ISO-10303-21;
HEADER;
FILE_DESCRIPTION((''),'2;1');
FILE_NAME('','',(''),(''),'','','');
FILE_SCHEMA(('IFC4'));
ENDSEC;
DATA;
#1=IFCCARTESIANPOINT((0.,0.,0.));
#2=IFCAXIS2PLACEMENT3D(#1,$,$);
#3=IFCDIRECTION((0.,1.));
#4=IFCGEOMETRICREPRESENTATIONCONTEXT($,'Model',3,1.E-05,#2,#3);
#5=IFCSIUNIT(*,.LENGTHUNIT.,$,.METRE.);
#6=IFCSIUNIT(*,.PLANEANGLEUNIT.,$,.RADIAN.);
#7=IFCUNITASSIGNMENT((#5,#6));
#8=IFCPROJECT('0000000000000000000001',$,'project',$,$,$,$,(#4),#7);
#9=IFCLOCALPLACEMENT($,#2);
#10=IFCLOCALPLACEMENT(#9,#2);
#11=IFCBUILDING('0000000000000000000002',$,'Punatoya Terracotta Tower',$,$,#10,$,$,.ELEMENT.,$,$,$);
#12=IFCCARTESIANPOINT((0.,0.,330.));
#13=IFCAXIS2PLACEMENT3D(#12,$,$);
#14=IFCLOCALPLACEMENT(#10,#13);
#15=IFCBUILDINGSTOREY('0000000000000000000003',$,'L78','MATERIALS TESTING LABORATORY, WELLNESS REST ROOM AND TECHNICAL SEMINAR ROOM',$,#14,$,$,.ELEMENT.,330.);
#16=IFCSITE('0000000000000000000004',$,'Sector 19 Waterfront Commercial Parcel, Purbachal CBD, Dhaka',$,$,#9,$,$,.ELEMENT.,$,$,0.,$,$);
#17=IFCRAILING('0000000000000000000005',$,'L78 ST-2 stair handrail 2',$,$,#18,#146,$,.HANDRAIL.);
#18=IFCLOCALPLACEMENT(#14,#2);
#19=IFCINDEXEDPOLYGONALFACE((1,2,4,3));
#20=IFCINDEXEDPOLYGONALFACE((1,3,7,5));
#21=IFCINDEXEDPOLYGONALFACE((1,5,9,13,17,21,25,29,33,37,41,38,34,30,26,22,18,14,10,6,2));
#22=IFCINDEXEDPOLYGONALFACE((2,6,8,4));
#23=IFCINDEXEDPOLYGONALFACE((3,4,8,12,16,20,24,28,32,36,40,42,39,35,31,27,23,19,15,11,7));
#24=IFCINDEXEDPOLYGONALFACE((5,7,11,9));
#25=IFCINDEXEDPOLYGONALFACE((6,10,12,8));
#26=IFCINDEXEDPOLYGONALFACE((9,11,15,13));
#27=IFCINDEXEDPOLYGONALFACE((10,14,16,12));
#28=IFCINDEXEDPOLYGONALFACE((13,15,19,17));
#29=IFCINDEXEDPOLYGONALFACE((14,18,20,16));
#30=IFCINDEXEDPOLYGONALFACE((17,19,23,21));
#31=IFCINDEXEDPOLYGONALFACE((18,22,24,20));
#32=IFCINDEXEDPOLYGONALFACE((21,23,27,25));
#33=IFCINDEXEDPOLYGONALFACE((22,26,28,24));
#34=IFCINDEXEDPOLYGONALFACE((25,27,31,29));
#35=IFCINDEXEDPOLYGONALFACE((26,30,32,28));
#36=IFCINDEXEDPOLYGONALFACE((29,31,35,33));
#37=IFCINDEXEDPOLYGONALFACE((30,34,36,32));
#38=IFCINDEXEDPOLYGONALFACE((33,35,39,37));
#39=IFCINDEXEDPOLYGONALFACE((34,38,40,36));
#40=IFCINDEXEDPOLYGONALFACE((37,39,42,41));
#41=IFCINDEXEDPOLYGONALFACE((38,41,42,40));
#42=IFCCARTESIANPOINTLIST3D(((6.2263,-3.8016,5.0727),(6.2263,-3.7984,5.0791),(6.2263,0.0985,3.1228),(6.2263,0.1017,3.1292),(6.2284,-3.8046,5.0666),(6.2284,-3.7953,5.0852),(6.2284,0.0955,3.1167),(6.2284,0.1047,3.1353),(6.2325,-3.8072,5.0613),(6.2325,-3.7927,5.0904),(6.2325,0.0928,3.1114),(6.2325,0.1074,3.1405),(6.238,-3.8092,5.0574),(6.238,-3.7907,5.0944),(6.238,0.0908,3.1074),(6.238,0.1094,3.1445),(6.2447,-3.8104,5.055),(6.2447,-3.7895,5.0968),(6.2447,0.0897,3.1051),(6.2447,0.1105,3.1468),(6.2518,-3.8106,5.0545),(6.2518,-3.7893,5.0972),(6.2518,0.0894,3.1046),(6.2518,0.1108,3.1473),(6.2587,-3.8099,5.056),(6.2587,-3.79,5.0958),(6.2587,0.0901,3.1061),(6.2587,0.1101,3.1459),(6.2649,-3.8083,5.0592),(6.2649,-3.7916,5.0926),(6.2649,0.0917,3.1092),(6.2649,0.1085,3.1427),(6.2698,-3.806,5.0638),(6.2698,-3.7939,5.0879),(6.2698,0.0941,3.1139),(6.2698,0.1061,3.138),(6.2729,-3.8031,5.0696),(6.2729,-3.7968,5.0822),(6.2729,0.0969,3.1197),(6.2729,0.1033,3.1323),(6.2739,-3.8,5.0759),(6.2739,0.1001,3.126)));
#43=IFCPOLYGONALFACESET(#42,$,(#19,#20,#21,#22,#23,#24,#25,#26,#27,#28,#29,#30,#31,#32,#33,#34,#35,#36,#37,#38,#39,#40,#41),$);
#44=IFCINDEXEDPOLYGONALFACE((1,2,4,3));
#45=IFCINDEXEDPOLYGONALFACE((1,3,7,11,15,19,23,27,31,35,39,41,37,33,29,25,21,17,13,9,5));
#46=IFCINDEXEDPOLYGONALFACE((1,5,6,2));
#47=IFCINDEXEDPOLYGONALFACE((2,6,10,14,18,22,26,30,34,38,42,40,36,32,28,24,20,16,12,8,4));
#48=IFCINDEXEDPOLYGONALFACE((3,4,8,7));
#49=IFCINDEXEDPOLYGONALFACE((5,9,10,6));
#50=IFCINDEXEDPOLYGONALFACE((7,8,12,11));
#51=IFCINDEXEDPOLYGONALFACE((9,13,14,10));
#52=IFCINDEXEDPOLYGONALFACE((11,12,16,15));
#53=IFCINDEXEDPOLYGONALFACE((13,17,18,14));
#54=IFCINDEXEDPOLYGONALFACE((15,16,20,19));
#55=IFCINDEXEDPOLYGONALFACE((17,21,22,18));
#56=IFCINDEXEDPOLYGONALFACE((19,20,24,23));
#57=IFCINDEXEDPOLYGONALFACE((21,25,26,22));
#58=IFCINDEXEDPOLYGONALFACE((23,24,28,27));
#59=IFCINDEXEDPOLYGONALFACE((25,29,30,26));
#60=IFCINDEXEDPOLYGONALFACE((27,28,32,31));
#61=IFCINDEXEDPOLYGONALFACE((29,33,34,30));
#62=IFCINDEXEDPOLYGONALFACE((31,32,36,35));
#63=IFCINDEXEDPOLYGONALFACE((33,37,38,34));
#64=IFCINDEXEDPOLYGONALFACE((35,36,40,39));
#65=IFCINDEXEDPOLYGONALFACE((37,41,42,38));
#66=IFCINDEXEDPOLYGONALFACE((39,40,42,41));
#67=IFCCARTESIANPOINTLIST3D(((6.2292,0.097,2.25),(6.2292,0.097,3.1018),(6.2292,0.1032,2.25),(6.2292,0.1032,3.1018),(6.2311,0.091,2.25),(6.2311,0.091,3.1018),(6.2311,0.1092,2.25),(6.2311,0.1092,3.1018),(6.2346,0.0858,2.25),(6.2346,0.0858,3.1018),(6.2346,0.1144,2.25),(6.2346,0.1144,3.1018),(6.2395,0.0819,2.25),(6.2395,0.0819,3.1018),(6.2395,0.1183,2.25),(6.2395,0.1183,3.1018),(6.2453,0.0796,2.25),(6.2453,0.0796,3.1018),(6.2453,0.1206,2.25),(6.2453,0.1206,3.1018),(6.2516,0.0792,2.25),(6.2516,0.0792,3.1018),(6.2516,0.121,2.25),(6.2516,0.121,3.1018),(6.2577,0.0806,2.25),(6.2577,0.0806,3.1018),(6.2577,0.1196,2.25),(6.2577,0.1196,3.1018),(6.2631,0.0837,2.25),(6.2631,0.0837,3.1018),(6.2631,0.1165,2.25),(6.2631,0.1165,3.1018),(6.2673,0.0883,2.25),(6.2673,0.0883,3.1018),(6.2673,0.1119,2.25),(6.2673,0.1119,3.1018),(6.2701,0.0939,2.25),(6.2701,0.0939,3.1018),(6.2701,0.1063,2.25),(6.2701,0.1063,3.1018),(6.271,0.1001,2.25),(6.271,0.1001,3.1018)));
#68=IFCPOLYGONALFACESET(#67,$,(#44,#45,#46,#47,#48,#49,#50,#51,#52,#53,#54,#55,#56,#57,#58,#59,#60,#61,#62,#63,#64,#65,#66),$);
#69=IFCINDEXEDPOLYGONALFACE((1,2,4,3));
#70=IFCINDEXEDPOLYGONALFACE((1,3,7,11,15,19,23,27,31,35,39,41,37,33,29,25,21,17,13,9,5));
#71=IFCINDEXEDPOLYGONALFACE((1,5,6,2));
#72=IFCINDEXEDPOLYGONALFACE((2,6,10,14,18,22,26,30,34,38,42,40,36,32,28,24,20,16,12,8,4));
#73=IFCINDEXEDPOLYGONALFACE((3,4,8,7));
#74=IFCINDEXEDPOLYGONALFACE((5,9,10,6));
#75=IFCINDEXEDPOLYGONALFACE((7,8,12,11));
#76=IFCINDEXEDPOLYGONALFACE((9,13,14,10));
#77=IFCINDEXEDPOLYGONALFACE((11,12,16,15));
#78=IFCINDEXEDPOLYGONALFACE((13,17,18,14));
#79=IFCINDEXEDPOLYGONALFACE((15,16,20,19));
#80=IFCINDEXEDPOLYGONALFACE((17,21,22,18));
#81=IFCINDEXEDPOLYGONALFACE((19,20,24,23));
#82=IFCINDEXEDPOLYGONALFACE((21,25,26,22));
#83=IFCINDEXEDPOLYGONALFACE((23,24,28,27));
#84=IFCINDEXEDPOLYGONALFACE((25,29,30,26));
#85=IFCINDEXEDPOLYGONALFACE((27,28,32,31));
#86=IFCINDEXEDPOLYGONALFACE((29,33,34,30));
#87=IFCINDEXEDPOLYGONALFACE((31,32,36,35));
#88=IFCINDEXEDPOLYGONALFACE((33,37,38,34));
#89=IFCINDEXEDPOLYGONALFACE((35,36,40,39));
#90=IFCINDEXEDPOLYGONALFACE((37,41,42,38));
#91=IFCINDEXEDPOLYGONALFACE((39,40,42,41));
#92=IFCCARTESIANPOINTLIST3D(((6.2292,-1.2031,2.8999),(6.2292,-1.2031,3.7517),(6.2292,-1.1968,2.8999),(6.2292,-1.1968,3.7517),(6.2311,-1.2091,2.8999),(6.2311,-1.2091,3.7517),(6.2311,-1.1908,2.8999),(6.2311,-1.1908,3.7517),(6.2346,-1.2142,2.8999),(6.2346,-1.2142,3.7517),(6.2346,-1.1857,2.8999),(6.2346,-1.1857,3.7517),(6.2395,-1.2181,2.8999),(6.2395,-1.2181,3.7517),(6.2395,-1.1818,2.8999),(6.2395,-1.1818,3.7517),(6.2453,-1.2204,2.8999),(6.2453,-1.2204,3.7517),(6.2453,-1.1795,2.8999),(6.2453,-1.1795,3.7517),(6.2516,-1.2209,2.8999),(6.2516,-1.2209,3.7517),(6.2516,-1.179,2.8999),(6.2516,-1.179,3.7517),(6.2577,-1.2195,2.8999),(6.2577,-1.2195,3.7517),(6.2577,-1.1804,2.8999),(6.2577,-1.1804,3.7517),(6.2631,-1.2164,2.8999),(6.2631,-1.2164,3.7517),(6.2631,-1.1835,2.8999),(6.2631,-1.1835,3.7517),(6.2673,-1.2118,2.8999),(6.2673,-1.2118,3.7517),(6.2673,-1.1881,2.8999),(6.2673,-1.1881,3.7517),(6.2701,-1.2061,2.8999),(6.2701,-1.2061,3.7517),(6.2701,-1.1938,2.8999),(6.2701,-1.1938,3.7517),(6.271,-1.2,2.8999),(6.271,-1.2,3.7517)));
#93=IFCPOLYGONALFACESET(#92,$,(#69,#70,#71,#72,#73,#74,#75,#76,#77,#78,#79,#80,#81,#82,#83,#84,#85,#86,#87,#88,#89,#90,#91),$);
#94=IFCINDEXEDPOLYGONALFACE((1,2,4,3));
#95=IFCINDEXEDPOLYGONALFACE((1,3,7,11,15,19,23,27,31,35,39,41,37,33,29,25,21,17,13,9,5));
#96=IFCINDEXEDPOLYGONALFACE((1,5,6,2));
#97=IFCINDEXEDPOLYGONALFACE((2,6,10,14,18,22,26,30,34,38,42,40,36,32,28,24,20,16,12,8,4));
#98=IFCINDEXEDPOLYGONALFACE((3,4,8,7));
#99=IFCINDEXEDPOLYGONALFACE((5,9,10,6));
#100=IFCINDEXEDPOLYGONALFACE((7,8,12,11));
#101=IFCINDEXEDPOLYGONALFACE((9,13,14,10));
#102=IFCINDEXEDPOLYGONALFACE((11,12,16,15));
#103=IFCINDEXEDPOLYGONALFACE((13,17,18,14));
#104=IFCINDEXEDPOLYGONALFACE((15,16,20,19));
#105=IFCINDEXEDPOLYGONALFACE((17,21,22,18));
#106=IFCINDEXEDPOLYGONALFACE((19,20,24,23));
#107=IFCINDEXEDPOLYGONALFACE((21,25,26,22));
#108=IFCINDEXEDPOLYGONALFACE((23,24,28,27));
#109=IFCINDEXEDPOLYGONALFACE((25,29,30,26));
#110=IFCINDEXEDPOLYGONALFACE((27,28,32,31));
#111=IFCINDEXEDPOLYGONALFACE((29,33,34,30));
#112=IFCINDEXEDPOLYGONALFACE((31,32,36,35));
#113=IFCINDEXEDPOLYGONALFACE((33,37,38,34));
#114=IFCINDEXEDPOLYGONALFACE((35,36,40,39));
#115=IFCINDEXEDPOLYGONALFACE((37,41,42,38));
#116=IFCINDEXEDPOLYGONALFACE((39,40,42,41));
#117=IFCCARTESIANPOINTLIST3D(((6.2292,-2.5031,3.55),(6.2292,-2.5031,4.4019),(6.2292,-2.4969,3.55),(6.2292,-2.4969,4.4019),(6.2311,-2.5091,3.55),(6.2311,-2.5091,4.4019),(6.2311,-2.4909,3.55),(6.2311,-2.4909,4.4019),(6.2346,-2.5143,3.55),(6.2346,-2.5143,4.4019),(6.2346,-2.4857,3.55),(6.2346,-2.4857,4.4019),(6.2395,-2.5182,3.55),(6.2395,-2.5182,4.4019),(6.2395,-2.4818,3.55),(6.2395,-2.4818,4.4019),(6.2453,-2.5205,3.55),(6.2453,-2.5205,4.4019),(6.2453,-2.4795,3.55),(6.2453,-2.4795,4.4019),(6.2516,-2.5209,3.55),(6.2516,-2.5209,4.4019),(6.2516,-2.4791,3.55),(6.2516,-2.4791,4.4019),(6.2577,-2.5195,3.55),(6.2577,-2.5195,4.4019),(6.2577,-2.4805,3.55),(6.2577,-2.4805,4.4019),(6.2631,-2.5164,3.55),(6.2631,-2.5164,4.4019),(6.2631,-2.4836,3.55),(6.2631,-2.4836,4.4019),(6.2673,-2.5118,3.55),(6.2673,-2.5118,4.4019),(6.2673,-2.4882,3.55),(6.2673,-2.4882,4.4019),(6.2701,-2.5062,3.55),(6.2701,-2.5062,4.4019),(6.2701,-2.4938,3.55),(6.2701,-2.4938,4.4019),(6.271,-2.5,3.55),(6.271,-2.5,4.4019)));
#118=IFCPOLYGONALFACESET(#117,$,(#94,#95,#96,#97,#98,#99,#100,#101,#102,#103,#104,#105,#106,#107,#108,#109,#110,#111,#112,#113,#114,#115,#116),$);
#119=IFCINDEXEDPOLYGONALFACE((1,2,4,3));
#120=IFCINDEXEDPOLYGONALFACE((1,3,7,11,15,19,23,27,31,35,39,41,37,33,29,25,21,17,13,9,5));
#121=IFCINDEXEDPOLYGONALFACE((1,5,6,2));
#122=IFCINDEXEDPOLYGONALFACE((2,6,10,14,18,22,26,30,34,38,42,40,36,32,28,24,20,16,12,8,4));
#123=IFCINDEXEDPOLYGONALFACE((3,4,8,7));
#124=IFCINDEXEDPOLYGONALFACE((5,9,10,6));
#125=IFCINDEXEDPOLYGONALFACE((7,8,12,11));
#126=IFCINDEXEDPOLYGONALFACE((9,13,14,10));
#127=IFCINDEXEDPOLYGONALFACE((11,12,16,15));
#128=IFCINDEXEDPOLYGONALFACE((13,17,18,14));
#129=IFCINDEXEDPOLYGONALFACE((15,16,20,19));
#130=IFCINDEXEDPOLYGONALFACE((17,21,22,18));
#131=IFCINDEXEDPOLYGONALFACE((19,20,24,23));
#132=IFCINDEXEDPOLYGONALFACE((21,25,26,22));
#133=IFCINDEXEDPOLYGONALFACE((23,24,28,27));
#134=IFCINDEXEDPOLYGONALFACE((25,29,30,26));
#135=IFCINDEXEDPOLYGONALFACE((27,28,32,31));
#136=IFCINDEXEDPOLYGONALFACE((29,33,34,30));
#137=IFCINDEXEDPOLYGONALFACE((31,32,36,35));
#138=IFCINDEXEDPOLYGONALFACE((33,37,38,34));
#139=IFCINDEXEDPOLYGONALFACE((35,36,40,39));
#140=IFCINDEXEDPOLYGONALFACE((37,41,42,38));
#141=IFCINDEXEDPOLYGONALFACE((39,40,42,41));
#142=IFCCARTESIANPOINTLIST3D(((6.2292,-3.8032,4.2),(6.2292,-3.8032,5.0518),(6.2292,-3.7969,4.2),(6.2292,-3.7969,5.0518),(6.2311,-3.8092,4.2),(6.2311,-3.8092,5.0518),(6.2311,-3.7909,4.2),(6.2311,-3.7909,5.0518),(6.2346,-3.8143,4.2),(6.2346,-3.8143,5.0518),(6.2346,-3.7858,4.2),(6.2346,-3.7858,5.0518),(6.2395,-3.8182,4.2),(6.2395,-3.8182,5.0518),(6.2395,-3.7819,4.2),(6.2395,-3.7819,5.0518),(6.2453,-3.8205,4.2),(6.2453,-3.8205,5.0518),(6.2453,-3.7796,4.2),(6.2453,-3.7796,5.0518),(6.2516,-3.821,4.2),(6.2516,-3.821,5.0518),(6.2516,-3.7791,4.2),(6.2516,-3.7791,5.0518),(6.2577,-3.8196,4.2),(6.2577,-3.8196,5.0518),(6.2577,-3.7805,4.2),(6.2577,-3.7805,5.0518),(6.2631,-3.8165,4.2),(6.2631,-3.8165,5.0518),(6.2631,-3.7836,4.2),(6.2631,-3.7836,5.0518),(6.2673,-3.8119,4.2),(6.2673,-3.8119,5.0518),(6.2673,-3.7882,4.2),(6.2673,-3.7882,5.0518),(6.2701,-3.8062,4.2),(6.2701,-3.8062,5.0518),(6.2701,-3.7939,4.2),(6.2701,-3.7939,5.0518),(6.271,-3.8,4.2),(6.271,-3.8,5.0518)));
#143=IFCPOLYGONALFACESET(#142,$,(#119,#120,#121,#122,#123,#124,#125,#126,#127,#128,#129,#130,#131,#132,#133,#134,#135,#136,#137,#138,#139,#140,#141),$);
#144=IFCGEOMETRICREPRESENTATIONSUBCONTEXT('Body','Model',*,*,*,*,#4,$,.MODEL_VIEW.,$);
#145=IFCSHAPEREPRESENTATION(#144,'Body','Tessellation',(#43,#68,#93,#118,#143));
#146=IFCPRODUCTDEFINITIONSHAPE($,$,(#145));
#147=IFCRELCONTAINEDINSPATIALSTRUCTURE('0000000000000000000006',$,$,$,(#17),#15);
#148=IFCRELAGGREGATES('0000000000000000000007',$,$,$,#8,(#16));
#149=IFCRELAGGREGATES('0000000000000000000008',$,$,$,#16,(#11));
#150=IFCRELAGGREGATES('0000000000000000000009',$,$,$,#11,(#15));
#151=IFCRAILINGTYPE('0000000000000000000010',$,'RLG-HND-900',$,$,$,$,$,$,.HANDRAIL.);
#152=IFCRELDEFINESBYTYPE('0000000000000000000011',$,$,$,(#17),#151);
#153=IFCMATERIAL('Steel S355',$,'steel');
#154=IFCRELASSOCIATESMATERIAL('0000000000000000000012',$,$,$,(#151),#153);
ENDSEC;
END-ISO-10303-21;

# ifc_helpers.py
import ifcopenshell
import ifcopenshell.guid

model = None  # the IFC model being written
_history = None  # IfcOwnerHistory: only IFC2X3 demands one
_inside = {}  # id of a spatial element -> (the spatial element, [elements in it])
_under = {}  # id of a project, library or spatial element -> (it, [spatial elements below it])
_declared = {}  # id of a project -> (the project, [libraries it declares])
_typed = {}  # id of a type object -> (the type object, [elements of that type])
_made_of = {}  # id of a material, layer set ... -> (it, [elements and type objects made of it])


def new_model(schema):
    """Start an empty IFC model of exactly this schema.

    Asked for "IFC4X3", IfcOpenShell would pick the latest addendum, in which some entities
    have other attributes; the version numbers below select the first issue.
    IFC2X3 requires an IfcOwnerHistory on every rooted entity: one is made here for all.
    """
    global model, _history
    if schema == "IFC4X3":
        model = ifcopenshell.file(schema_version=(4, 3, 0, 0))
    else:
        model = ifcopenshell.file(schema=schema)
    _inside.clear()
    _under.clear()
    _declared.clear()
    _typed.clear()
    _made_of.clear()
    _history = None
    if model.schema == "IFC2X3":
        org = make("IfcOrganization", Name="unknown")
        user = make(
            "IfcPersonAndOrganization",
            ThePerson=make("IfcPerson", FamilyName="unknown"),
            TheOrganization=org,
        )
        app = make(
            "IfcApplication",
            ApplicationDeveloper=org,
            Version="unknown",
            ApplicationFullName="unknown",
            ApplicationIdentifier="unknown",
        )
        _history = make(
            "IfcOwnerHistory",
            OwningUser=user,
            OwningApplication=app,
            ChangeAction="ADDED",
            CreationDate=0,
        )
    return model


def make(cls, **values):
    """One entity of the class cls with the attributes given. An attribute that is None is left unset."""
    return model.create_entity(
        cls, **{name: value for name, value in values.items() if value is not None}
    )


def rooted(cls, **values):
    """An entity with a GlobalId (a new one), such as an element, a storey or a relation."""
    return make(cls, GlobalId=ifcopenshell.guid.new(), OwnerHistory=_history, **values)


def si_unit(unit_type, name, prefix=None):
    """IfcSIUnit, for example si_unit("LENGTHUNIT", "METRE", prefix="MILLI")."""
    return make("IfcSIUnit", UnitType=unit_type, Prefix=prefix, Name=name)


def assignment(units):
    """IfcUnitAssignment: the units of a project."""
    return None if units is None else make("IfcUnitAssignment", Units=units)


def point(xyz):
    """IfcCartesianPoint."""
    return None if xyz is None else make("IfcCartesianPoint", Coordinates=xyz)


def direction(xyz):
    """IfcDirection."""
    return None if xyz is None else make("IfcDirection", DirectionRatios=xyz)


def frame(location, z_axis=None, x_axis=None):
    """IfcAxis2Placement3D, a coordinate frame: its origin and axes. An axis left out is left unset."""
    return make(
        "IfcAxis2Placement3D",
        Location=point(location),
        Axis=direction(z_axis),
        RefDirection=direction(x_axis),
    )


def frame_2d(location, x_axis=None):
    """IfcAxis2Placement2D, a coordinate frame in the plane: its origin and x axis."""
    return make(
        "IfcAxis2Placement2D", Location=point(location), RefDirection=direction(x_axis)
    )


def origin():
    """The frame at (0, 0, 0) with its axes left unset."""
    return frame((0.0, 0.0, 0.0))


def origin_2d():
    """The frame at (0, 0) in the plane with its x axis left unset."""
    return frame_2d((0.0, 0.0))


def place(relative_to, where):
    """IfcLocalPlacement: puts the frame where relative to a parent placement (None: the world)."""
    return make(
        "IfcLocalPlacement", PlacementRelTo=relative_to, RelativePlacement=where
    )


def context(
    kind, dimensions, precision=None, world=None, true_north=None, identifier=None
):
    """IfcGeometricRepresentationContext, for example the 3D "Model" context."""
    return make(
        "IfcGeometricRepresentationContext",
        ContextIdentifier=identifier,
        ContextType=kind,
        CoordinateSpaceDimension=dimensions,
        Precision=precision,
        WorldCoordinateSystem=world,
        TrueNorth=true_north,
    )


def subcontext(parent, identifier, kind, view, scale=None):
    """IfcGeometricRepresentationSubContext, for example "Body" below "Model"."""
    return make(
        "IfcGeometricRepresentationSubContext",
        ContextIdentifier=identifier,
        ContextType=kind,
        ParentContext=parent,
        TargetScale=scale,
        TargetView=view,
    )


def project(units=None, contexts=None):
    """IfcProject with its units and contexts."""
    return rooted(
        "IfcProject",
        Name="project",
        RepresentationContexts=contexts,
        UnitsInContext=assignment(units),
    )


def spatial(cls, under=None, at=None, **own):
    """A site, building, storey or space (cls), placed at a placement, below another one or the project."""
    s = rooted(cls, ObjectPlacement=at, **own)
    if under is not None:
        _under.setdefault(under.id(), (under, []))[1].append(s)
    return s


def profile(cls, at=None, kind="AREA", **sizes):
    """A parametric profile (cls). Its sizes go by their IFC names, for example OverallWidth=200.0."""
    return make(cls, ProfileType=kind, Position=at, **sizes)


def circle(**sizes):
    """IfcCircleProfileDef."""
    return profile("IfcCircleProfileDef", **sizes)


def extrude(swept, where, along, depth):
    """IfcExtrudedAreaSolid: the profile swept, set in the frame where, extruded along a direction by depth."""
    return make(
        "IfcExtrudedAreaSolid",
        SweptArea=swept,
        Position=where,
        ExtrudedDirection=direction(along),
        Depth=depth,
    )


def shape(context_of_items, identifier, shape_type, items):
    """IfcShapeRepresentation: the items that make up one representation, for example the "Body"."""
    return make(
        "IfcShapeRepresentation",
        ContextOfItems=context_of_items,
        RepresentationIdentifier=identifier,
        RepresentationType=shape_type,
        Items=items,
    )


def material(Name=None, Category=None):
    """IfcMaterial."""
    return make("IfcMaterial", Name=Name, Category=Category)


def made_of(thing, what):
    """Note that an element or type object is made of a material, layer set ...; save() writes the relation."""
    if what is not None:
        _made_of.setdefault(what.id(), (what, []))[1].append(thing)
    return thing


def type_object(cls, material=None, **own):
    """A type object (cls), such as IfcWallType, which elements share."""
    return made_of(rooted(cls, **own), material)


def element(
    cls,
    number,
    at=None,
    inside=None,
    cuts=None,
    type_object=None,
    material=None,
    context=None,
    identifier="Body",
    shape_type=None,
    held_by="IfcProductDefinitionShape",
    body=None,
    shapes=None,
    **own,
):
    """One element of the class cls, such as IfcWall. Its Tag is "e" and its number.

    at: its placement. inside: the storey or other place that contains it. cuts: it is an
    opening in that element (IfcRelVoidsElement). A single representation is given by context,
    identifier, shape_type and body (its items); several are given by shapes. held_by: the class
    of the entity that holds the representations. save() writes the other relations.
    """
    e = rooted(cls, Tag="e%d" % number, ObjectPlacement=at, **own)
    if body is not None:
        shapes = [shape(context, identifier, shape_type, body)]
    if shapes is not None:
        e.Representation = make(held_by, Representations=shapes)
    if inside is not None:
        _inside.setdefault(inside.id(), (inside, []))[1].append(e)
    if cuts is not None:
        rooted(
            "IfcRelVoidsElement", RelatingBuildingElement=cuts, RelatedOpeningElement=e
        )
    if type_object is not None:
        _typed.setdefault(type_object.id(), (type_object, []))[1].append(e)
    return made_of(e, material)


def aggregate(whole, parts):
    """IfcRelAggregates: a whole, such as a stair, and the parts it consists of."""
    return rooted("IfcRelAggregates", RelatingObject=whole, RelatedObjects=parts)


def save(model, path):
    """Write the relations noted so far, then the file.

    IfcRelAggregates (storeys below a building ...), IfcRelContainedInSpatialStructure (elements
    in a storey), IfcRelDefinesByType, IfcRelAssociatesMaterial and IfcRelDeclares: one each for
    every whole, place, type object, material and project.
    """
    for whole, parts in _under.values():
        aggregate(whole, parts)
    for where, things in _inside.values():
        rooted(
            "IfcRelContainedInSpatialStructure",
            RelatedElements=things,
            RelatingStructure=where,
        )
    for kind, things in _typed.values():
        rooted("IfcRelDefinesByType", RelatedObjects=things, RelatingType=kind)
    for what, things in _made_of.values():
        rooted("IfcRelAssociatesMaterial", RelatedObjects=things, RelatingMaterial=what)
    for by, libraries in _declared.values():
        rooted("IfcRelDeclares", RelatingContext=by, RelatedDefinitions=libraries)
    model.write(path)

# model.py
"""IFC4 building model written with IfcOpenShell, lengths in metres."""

from ifc_helpers import new_model, si_unit, direction, frame, origin, origin_2d, place, context, subcontext, project, spatial, circle, extrude, material, type_object, element, save


model = new_model("IFC4")

# Units and contexts
model_context = context("Model", 3, precision=1e-05, world=origin(), true_north=direction((0.0, 1.0)))
body_context = subcontext(model_context, "Body", "Model", "MODEL_VIEW")
ifc_project = project(units=[si_unit("LENGTHUNIT", "METRE"), si_unit("PLANEANGLEUNIT", "RADIAN")], contexts=[model_context])

# Site, building, storey
site_placement = place(None, origin())
site = spatial("IfcSite", under=ifc_project, at=site_placement, Name="Sector 19 Waterfront Commercial Parcel, Purbachal CBD, Dhaka", CompositionType="ELEMENT", RefElevation=0.0)
building_placement = place(site_placement, origin())
building = spatial("IfcBuilding", under=site, at=building_placement, Name="Punatoya Terracotta Tower", CompositionType="ELEMENT")
storey_placement = place(building_placement, frame((0.0, 0.0, 330.0)))
storey = spatial("IfcBuildingStorey", under=building, at=storey_placement, Name="L78", Description="MATERIALS TESTING LABORATORY, WELLNESS REST ROOM AND TECHNICAL SEMINAR ROOM", CompositionType="ELEMENT", Elevation=330.0)

# Shared definitions
ifc_material_1 = material(Name="Steel S355", Category="steel")

# Railing
railing_type_1 = type_object("IfcRailingType", Name="RLG-HND-900", PredefinedType="HANDRAIL", material=ifc_material_1)
railing_1_placement = place(storey_placement, frame((6.25, 0.1001, 2.25)))
element("IfcRailing", 1, at=railing_1_placement, inside=storey, type_object=railing_type_1, Name="L78 ST-2 stair handrail 2", PredefinedType="HANDRAIL", context=body_context, shape_type="SweptSolid", body=[
    extrude(circle(Radius=0.0239, at=origin_2d()), frame((0.0, 0.0, 0.876), z_axis=(0.0, -0.894438, 0.447191), x_axis=(1.0, 0.0, 0.0)), (0.0, 0.0, 1.0), 4.3604),
    extrude(circle(Radius=0.021, at=origin_2d()), origin(), (0.0, 0.0, 1.0), 0.8518),
    extrude(circle(Radius=0.021, at=origin_2d()), frame((0.0, -1.3, 0.6499)), (0.0, 0.0, 1.0), 0.8518),
    extrude(circle(Radius=0.021, at=origin_2d()), frame((0.0, -2.6001, 1.3)), (0.0, 0.0, 1.0), 0.8518),
    extrude(circle(Radius=0.021, at=origin_2d()), frame((0.0, -3.9001, 1.95)), (0.0, 0.0, 1.0), 0.8518),
])

save(model, "model.ifc")
